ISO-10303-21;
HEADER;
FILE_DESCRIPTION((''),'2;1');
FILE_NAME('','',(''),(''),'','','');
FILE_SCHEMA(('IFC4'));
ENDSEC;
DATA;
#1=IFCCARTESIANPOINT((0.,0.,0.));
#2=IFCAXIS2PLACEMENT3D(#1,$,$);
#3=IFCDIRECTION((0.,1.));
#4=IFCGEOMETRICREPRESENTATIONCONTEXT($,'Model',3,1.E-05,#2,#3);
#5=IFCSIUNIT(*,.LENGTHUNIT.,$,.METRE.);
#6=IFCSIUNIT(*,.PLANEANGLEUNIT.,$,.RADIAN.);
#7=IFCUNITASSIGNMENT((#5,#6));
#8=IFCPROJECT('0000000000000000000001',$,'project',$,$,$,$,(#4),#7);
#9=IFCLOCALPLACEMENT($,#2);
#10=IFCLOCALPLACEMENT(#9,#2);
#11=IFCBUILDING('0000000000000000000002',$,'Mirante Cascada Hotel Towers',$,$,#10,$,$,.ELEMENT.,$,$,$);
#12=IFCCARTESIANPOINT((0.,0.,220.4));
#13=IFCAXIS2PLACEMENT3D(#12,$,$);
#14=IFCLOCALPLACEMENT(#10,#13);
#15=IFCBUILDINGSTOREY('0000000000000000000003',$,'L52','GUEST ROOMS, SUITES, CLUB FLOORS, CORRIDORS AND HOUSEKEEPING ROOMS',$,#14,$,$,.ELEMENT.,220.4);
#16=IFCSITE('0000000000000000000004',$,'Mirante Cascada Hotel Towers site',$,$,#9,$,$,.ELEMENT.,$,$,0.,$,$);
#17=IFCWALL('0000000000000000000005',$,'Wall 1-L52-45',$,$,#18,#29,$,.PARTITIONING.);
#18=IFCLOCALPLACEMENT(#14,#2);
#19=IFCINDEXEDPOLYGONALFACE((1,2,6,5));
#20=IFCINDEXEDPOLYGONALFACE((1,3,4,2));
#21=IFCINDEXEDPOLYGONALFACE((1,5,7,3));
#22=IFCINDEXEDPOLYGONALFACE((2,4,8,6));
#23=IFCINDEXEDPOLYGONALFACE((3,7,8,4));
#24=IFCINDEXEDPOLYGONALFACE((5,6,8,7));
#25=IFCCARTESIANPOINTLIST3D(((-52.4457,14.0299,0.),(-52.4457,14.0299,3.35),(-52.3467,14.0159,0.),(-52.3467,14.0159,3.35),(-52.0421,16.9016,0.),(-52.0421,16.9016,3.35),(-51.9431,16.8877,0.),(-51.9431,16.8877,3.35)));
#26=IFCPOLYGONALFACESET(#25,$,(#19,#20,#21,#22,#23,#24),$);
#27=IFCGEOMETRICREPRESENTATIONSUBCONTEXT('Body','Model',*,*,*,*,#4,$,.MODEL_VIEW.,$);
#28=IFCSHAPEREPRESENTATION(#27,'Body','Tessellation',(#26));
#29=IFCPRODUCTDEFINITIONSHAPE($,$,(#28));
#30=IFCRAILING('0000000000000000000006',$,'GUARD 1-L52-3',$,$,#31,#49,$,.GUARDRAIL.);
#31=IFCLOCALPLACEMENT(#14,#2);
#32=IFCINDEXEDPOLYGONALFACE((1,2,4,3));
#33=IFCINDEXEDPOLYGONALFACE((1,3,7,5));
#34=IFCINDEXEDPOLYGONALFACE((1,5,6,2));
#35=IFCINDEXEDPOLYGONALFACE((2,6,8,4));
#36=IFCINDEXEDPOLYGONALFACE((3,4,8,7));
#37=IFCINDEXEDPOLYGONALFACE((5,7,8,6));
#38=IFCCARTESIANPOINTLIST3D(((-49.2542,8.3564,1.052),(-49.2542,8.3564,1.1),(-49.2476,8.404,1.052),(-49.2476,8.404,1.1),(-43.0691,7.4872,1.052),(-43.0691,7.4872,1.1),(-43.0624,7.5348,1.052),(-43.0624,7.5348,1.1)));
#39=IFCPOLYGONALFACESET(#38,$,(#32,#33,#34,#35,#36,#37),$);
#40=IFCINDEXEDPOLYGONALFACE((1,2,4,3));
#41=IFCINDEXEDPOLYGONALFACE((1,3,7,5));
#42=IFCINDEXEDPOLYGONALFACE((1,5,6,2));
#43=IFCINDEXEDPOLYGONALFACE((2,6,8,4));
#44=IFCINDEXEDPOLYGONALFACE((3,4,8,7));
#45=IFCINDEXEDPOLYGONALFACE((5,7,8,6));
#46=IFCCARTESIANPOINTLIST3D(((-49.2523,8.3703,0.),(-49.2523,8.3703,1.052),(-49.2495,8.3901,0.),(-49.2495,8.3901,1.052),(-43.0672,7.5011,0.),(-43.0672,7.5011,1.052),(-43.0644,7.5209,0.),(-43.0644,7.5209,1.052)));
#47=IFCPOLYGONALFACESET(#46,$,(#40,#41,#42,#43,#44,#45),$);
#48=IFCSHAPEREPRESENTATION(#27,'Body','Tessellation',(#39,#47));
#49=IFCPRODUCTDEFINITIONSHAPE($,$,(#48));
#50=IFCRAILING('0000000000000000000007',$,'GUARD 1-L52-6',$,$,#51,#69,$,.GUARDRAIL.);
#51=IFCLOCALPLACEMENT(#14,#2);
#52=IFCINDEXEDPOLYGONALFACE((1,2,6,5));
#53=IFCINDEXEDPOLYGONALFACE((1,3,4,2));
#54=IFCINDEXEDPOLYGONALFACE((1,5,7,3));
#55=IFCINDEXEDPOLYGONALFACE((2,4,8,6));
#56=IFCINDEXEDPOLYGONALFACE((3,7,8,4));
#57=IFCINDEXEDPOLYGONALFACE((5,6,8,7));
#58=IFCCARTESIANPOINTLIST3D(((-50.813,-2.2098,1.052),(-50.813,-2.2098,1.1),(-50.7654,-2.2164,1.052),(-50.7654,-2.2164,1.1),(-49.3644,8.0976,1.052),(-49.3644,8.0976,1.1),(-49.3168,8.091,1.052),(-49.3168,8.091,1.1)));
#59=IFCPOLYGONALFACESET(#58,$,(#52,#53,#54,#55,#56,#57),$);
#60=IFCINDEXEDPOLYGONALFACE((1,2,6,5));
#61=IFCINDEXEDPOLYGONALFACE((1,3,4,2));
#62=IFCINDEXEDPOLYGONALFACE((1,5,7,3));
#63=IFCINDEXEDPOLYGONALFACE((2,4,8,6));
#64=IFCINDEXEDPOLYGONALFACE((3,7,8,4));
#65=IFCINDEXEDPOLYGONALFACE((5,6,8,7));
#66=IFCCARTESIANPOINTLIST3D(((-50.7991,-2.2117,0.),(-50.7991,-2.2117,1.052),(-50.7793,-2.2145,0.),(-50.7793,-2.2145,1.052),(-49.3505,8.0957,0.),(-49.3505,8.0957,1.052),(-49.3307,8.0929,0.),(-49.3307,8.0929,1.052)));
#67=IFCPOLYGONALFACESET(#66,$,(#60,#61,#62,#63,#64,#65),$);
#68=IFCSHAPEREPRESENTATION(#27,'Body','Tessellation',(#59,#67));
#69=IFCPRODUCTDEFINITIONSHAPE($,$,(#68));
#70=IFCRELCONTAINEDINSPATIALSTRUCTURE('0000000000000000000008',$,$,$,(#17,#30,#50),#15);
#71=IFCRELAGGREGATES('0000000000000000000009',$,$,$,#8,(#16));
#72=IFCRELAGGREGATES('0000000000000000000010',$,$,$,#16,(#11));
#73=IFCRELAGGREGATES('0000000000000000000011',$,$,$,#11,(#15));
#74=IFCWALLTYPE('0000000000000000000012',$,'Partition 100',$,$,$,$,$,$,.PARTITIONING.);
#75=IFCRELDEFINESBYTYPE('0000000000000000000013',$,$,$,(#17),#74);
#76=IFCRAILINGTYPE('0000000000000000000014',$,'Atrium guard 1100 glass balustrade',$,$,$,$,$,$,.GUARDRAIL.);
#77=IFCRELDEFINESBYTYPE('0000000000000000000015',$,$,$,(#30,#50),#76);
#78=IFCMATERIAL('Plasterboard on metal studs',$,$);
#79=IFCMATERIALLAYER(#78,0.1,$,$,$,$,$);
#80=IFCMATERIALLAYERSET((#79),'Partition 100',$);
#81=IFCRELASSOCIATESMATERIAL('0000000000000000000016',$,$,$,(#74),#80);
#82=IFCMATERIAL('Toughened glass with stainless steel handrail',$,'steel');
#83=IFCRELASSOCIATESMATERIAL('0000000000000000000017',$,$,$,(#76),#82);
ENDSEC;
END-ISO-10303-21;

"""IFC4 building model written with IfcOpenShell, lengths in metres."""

from ifc_helpers import new_model, si_unit, direction, frame, frame_2d, origin, origin_2d, place, context, subcontext, project, spatial, rectangle, extrude, material, layer, layer_set, type_object, element, save


model = new_model("IFC4")

# Units and contexts
model_context = context("Model", 3, precision=1e-05, world=origin(), true_north=direction((0.0, 1.0)))
body_context = subcontext(model_context, "Body", "Model", "MODEL_VIEW")
ifc_project = project(units=[si_unit("LENGTHUNIT", "METRE"), si_unit("PLANEANGLEUNIT", "RADIAN")], contexts=[model_context])

# Site, building, storey
site_placement = place(None, origin())
site = spatial("IfcSite", under=ifc_project, at=site_placement, Name="Mirante Cascada Hotel Towers site", CompositionType="ELEMENT", RefElevation=0.0)
building_placement = place(site_placement, origin())
building = spatial("IfcBuilding", under=site, at=building_placement, Name="Mirante Cascada Hotel Towers", CompositionType="ELEMENT")
storey_placement = place(building_placement, frame((0.0, 0.0, 220.4)))
storey = spatial("IfcBuildingStorey", under=building, at=storey_placement, Name="L52", Description="GUEST ROOMS, SUITES, CLUB FLOORS, CORRIDORS AND HOUSEKEEPING ROOMS", CompositionType="ELEMENT", Elevation=220.4)

# Shared definitions
ifc_material_1 = material(Name="Plasterboard on metal studs")
ifc_layer_1 = layer(ifc_material_1, 0.1)
ifc_layer_set_1 = layer_set([ifc_layer_1], Name="Partition 100")
wall_type_1 = type_object("IfcWallType", Name="Partition 100", PredefinedType="PARTITIONING", material=ifc_layer_set_1)

# Wall
wall_1_placement = place(storey_placement, frame((-52.3962, 14.0229, 0.0), z_axis=(0.0, 0.0, 1.0), x_axis=(0.139171, 0.990268, 0.0)))
element("IfcWall", 1, at=wall_1_placement, inside=storey, type_object=wall_type_1, Name="Wall 1-L52-45", PredefinedType="PARTITIONING", context=body_context, shape_type="SweptSolid", body=[
    extrude(rectangle(XDim=2.9, YDim=0.1, at=frame_2d((1.45, 0.0))), origin(), (0.0, 0.0, 1.0), 3.35),
])

# Railings
ifc_material_2 = material(Name="Toughened glass with stainless steel handrail", Category="steel")
railing_type = type_object("IfcRailingType", Name="Atrium guard 1100 glass balustrade", PredefinedType="GUARDRAIL", material=ifc_material_2)
railing_1_placement = place(storey_placement, frame((-49.2509, 8.3802, 0.0)))
element("IfcRailing", 2, at=railing_1_placement, inside=storey, type_object=railing_type, Name="GUARD 1-L52-3", PredefinedType="GUARDRAIL", context=body_context, shape_type="SweptSolid", body=[
    extrude(rectangle(XDim=0.048, YDim=0.048, at=origin_2d()), frame((0.0, 0.0, 1.076), z_axis=(0.990269, -0.139164, 0.0), x_axis=(0.139164, 0.990269, 0.0)), (0.0, 0.0, 1.0), 6.2459),
    extrude(rectangle(XDim=0.02, YDim=1.052, at=origin_2d()), frame((0.0, 0.0, 0.526), z_axis=(0.990269, -0.139164, 0.0), x_axis=(0.139164, 0.990269, 0.0)), (0.0, 0.0, 1.0), 6.2459),
])
railing_2_placement = place(storey_placement, frame((-49.3406, 8.0943, 0.0)))
element("IfcRailing", 3, at=railing_2_placement, inside=storey, type_object=railing_type, Name="GUARD 1-L52-6", PredefinedType="GUARDRAIL", context=body_context, shape_type="SweptSolid", body=[
    extrude(rectangle(XDim=0.048, YDim=0.048, at=origin_2d()), frame((0.0, 0.0, 1.076), z_axis=(-0.139172, -0.990268, 0.0), x_axis=(0.990268, -0.139172, 0.0)), (0.0, 0.0, 1.0), 10.4087),
    extrude(rectangle(XDim=0.02, YDim=1.052, at=origin_2d()), frame((0.0, 0.0, 0.526), z_axis=(-0.139172, -0.990268, 0.0), x_axis=(0.990268, -0.139172, 0.0)), (0.0, 0.0, 1.0), 10.4087),
])

save(model, "model.ifc")
